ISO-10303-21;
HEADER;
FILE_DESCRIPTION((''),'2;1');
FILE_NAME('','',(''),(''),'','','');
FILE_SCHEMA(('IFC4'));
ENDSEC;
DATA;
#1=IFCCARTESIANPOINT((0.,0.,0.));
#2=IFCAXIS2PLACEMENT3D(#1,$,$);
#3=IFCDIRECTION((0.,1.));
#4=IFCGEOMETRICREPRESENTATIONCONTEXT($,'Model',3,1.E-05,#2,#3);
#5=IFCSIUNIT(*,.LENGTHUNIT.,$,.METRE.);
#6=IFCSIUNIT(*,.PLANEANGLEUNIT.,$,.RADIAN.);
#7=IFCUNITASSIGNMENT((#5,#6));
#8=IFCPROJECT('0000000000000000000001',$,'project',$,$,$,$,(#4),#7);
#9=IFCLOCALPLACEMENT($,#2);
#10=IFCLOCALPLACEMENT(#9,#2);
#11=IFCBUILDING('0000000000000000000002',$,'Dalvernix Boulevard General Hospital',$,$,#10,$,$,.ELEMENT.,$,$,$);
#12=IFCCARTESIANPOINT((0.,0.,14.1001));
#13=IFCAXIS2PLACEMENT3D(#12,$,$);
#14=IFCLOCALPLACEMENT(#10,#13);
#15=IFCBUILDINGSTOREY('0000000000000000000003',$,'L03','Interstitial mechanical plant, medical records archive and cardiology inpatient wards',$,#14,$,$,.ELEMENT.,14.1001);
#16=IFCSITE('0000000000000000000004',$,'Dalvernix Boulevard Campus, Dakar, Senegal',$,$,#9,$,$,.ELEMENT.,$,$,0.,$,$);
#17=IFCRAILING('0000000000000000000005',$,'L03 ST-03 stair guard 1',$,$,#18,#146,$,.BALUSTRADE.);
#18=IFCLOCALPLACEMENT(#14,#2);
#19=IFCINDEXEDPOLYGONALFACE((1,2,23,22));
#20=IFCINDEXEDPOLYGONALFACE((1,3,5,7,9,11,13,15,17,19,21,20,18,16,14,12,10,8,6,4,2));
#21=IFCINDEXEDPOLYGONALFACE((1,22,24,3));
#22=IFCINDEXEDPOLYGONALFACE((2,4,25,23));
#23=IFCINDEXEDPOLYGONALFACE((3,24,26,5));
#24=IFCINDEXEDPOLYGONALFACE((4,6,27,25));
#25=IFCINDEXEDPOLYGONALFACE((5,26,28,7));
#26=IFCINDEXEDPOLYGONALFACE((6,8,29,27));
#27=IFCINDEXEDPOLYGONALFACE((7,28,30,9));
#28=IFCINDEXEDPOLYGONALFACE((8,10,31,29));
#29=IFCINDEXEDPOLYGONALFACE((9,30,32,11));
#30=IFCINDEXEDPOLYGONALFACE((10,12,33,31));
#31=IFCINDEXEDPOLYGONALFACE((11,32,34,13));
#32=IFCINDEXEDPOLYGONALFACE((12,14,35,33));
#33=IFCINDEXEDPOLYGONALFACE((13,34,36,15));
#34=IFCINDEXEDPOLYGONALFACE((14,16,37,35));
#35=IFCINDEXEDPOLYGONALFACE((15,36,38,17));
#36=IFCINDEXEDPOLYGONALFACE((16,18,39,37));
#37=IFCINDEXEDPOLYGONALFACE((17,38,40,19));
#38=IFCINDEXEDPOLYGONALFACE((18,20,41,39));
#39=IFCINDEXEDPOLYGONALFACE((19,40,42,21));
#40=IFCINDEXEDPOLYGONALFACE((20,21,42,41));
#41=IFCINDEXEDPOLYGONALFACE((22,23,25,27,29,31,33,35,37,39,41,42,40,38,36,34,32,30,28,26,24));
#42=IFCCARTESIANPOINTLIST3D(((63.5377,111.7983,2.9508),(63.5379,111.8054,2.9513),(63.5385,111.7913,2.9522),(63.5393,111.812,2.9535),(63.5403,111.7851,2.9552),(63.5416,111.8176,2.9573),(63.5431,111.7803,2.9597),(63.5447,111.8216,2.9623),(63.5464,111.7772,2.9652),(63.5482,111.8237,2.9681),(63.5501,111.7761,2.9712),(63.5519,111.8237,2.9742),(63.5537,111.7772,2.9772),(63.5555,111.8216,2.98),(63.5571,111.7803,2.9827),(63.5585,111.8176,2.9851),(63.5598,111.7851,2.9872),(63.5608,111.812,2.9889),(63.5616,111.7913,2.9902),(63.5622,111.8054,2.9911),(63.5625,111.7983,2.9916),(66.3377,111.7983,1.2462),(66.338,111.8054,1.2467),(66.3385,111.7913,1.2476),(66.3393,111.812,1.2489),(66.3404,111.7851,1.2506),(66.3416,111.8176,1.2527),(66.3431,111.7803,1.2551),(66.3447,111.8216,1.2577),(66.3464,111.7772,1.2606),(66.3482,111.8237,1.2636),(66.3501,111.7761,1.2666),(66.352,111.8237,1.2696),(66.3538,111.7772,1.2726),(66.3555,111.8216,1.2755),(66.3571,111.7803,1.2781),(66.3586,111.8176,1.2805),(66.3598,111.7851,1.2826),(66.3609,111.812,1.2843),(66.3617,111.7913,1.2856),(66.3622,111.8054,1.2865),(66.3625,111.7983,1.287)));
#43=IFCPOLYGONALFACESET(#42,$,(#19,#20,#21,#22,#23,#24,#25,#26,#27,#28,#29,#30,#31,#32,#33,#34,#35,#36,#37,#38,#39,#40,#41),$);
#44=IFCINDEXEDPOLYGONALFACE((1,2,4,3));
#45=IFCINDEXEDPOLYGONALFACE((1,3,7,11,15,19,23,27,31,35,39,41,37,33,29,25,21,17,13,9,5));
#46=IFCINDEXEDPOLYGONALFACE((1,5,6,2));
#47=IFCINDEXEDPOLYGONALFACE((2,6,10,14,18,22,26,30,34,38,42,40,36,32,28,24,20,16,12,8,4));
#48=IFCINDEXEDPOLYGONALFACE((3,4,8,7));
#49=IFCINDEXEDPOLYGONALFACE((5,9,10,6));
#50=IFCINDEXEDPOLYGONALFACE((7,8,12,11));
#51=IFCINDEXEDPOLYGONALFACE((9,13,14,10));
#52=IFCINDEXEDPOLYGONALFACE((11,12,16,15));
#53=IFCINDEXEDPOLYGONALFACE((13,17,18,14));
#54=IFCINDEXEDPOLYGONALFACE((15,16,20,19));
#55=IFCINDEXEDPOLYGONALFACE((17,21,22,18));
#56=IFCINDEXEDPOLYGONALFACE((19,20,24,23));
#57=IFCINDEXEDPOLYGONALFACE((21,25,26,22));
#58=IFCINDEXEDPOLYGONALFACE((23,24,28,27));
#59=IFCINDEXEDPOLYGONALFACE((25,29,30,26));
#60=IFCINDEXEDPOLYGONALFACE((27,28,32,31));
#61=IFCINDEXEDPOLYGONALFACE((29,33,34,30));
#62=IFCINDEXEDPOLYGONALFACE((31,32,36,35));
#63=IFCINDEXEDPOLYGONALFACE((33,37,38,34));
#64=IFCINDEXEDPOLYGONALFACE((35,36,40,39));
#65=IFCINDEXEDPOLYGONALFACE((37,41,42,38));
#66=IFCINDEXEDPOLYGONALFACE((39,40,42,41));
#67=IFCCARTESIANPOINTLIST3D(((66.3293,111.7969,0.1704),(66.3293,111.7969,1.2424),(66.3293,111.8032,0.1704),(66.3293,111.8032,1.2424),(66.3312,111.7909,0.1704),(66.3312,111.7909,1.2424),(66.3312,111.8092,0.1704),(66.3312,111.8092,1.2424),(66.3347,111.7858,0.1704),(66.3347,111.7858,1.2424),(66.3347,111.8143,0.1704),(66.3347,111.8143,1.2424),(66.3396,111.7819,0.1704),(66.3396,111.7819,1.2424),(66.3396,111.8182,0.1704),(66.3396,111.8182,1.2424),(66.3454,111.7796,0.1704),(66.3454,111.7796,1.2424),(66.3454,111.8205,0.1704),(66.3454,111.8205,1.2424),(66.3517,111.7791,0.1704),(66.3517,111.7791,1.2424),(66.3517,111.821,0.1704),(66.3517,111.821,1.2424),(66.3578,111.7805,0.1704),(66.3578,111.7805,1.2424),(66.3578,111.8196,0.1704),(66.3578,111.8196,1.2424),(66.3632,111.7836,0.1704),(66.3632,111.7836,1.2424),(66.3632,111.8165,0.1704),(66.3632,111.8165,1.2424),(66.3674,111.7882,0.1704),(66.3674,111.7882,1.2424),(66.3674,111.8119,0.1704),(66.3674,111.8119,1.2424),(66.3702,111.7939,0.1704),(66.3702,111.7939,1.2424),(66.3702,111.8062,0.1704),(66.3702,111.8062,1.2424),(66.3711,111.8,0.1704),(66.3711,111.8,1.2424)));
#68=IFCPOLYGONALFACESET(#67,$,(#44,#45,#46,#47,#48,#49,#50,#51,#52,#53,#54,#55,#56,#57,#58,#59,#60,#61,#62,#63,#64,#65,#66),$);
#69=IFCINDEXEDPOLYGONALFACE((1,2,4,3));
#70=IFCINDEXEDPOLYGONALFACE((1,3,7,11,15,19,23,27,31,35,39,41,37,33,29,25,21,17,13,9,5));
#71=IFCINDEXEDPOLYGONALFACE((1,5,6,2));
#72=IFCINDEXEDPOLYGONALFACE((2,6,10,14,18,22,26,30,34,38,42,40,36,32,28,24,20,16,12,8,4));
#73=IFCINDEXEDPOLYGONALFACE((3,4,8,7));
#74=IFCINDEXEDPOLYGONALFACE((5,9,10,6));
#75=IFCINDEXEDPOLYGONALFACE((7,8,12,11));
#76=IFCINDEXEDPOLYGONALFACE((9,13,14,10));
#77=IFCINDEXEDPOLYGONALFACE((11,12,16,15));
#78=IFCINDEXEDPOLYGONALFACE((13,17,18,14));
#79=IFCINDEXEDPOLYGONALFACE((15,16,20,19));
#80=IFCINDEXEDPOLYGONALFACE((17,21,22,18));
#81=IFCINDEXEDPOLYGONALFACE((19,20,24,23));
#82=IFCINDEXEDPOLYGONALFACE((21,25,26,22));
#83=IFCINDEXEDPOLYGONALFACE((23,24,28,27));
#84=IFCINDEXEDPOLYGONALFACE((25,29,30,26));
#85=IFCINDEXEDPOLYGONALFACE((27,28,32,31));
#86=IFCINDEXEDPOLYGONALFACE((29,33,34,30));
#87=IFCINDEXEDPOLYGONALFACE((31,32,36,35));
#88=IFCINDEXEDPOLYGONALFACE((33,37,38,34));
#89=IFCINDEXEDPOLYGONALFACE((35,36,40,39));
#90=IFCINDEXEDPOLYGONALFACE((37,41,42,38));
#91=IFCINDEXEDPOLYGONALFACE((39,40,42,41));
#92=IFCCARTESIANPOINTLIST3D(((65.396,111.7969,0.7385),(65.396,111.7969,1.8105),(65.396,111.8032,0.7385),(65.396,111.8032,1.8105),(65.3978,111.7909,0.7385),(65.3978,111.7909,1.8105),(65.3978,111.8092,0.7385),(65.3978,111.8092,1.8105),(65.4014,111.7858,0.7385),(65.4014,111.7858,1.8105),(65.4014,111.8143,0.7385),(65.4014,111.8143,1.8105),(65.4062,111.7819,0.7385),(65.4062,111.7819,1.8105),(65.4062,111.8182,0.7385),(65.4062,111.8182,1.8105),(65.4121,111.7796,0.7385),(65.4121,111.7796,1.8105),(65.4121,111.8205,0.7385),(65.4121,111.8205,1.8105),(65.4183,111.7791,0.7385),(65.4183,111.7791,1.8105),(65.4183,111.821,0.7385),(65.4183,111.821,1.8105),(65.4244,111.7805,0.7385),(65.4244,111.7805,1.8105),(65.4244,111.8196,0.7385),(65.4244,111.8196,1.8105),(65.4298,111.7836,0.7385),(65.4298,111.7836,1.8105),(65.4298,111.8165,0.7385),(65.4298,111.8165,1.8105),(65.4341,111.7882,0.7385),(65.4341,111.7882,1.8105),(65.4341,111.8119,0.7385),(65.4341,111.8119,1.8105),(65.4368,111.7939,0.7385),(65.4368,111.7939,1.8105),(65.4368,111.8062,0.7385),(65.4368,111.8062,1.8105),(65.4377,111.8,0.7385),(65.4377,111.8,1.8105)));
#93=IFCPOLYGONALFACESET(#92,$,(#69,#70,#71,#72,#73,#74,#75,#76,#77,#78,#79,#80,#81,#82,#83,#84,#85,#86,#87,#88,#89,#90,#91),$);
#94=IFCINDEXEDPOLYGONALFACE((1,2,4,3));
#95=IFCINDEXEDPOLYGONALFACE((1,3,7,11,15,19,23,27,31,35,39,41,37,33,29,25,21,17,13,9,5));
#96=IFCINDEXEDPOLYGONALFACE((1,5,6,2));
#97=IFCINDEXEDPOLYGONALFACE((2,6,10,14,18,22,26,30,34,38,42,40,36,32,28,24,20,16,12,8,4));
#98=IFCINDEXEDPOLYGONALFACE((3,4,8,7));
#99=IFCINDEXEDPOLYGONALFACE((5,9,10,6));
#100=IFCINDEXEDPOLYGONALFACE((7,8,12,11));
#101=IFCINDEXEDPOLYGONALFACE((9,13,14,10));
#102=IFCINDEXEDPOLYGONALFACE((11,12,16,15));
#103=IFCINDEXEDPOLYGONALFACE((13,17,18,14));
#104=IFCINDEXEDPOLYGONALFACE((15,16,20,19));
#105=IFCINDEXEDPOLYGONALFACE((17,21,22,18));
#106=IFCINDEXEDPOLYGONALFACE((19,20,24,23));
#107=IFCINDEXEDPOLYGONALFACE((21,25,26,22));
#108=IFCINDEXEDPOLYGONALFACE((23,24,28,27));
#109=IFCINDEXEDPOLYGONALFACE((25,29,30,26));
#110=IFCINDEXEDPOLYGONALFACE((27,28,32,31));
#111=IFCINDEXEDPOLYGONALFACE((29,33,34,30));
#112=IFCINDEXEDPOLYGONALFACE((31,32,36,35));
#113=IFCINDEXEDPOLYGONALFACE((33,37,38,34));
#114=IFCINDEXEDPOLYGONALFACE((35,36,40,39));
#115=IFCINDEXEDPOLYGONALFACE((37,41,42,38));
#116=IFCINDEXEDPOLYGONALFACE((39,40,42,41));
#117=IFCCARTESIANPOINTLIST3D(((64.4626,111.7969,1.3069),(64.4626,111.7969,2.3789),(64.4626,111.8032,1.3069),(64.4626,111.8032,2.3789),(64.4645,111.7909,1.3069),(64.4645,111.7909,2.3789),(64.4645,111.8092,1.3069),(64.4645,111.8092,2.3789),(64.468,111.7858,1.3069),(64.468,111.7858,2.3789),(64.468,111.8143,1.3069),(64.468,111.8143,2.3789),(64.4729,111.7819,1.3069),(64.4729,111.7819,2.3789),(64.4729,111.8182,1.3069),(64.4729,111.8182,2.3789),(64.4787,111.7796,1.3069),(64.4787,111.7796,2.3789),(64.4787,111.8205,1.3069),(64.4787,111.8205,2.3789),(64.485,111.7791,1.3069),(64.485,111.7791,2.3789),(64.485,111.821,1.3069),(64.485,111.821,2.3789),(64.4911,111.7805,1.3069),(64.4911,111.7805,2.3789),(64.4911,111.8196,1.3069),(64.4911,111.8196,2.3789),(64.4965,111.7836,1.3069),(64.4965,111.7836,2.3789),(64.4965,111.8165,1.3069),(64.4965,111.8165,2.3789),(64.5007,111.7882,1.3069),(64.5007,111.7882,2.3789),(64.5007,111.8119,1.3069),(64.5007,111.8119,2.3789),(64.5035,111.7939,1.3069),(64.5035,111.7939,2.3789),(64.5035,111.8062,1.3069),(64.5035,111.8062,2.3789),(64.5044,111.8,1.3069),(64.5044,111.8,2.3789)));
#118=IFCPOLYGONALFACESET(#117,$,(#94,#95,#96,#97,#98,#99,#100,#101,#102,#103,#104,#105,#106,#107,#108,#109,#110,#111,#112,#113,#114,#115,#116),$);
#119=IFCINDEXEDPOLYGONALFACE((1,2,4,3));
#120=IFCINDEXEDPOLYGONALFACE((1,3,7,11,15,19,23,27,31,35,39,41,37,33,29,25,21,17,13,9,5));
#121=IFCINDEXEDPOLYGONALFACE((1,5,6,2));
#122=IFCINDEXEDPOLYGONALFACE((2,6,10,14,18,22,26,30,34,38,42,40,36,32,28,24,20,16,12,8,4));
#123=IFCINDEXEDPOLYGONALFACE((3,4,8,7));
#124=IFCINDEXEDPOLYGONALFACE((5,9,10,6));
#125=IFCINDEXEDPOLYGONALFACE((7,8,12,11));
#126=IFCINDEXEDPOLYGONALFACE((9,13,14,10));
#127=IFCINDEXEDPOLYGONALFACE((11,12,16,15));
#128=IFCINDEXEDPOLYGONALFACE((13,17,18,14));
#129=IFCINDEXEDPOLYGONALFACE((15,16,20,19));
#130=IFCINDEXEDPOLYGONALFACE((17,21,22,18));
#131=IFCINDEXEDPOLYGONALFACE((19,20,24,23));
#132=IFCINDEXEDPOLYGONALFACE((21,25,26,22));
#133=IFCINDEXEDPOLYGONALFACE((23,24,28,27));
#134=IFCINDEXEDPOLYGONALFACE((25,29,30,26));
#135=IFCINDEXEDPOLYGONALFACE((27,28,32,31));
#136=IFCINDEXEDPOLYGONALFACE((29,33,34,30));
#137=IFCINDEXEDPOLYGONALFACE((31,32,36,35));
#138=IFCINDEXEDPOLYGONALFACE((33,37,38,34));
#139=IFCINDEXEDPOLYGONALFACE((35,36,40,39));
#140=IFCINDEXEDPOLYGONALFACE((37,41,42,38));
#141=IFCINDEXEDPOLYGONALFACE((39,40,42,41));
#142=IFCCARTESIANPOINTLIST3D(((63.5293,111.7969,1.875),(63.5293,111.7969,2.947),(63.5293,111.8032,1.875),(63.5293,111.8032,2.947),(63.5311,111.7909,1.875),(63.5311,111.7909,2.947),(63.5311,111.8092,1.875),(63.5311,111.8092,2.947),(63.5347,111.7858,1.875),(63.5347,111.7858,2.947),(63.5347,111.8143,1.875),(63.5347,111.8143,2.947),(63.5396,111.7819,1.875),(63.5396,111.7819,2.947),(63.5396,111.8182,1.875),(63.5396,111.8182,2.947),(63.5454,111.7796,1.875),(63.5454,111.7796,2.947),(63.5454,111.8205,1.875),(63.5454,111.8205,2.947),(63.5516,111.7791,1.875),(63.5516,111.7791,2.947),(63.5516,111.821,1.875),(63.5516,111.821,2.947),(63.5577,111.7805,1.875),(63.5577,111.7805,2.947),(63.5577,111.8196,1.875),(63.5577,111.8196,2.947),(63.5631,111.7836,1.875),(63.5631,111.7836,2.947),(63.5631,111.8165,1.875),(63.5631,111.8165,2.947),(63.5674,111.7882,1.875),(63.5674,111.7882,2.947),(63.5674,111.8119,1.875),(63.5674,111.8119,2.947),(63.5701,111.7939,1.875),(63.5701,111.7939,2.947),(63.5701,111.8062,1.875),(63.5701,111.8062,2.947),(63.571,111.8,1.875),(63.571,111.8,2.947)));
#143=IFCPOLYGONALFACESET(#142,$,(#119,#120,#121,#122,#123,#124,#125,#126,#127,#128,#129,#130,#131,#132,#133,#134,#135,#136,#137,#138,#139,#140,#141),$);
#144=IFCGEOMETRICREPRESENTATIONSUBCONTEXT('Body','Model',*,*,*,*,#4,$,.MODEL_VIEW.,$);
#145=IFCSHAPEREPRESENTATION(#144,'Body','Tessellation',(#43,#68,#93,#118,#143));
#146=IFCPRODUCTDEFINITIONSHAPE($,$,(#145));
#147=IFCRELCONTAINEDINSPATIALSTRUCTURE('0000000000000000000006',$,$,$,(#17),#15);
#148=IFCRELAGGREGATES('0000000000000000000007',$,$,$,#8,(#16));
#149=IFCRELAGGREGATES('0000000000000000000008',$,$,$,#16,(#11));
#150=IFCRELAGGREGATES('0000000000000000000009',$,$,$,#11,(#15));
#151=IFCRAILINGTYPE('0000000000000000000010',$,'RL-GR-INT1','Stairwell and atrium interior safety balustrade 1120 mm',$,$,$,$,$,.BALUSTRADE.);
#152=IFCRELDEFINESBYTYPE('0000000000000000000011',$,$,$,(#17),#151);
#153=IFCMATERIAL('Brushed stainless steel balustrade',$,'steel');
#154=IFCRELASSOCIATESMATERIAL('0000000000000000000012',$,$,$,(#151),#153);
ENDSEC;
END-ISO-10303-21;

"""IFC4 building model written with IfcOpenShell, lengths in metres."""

from ifc_helpers import new_model, si_unit, direction, frame, origin, origin_2d, place, context, subcontext, project, spatial, circle, extrude, material, type_object, element, save


model = new_model("IFC4")

# Units and contexts
model_context = context("Model", 3, precision=1e-05, world=origin(), true_north=direction((0.0, 1.0)))
body_context = subcontext(model_context, "Body", "Model", "MODEL_VIEW")
ifc_project = project(units=[si_unit("LENGTHUNIT", "METRE"), si_unit("PLANEANGLEUNIT", "RADIAN")], contexts=[model_context])

# Site, building, storey
site_placement = place(None, origin())
site = spatial("IfcSite", under=ifc_project, at=site_placement, Name="Dalvernix Boulevard Campus, Dakar, Senegal", CompositionType="ELEMENT", RefElevation=0.0)
building_placement = place(site_placement, origin())
building = spatial("IfcBuilding", under=site, at=building_placement, Name="Dalvernix Boulevard General Hospital", CompositionType="ELEMENT")
storey_placement = place(building_placement, frame((0.0, 0.0, 14.1001)))
storey = spatial("IfcBuildingStorey", under=building, at=storey_placement, Name="L03", Description="Interstitial mechanical plant, medical records archive and cardiology inpatient wards", CompositionType="ELEMENT", Elevation=14.1001)

# Railing
ifc_material_1 = material(Name="Brushed stainless steel balustrade", Category="steel")
railing_type = type_object("IfcRailingType", Name="RL-GR-INT1", Description="Stairwell and atrium interior safety balustrade 1120 mm", PredefinedType="BALUSTRADE", material=ifc_material_1)
railing_1_placement = place(storey_placement, frame((66.3501, 111.8, 0.1704)))
element("IfcRailing", 1, at=railing_1_placement, inside=storey, type_object=railing_type, Name="L03 ST-03 stair guard 1", PredefinedType="BALUSTRADE", context=body_context, shape_type="SweptSolid", body=[
    extrude(circle(Radius=0.0239, at=origin_2d()), frame((0.0, 0.0, 1.0962), z_axis=(-0.85417, 0.0, 0.519994), x_axis=(0.0, -1.0, 0.0)), (0.0, 0.0, 1.0), 3.2781),
    extrude(circle(Radius=0.021, at=origin_2d()), origin(), (0.0, 0.0, 1.0), 1.072),
    extrude(circle(Radius=0.021, at=origin_2d()), frame((-0.9333, 0.0, 0.5681)), (0.0, 0.0, 1.0), 1.072),
    extrude(circle(Radius=0.021, at=origin_2d()), frame((-1.8667, 0.0, 1.1365)), (0.0, 0.0, 1.0), 1.072),
    extrude(circle(Radius=0.021, at=origin_2d()), frame((-2.8, 0.0, 1.7046)), (0.0, 0.0, 1.0), 1.072),
])

save(model, "model.ifc")
